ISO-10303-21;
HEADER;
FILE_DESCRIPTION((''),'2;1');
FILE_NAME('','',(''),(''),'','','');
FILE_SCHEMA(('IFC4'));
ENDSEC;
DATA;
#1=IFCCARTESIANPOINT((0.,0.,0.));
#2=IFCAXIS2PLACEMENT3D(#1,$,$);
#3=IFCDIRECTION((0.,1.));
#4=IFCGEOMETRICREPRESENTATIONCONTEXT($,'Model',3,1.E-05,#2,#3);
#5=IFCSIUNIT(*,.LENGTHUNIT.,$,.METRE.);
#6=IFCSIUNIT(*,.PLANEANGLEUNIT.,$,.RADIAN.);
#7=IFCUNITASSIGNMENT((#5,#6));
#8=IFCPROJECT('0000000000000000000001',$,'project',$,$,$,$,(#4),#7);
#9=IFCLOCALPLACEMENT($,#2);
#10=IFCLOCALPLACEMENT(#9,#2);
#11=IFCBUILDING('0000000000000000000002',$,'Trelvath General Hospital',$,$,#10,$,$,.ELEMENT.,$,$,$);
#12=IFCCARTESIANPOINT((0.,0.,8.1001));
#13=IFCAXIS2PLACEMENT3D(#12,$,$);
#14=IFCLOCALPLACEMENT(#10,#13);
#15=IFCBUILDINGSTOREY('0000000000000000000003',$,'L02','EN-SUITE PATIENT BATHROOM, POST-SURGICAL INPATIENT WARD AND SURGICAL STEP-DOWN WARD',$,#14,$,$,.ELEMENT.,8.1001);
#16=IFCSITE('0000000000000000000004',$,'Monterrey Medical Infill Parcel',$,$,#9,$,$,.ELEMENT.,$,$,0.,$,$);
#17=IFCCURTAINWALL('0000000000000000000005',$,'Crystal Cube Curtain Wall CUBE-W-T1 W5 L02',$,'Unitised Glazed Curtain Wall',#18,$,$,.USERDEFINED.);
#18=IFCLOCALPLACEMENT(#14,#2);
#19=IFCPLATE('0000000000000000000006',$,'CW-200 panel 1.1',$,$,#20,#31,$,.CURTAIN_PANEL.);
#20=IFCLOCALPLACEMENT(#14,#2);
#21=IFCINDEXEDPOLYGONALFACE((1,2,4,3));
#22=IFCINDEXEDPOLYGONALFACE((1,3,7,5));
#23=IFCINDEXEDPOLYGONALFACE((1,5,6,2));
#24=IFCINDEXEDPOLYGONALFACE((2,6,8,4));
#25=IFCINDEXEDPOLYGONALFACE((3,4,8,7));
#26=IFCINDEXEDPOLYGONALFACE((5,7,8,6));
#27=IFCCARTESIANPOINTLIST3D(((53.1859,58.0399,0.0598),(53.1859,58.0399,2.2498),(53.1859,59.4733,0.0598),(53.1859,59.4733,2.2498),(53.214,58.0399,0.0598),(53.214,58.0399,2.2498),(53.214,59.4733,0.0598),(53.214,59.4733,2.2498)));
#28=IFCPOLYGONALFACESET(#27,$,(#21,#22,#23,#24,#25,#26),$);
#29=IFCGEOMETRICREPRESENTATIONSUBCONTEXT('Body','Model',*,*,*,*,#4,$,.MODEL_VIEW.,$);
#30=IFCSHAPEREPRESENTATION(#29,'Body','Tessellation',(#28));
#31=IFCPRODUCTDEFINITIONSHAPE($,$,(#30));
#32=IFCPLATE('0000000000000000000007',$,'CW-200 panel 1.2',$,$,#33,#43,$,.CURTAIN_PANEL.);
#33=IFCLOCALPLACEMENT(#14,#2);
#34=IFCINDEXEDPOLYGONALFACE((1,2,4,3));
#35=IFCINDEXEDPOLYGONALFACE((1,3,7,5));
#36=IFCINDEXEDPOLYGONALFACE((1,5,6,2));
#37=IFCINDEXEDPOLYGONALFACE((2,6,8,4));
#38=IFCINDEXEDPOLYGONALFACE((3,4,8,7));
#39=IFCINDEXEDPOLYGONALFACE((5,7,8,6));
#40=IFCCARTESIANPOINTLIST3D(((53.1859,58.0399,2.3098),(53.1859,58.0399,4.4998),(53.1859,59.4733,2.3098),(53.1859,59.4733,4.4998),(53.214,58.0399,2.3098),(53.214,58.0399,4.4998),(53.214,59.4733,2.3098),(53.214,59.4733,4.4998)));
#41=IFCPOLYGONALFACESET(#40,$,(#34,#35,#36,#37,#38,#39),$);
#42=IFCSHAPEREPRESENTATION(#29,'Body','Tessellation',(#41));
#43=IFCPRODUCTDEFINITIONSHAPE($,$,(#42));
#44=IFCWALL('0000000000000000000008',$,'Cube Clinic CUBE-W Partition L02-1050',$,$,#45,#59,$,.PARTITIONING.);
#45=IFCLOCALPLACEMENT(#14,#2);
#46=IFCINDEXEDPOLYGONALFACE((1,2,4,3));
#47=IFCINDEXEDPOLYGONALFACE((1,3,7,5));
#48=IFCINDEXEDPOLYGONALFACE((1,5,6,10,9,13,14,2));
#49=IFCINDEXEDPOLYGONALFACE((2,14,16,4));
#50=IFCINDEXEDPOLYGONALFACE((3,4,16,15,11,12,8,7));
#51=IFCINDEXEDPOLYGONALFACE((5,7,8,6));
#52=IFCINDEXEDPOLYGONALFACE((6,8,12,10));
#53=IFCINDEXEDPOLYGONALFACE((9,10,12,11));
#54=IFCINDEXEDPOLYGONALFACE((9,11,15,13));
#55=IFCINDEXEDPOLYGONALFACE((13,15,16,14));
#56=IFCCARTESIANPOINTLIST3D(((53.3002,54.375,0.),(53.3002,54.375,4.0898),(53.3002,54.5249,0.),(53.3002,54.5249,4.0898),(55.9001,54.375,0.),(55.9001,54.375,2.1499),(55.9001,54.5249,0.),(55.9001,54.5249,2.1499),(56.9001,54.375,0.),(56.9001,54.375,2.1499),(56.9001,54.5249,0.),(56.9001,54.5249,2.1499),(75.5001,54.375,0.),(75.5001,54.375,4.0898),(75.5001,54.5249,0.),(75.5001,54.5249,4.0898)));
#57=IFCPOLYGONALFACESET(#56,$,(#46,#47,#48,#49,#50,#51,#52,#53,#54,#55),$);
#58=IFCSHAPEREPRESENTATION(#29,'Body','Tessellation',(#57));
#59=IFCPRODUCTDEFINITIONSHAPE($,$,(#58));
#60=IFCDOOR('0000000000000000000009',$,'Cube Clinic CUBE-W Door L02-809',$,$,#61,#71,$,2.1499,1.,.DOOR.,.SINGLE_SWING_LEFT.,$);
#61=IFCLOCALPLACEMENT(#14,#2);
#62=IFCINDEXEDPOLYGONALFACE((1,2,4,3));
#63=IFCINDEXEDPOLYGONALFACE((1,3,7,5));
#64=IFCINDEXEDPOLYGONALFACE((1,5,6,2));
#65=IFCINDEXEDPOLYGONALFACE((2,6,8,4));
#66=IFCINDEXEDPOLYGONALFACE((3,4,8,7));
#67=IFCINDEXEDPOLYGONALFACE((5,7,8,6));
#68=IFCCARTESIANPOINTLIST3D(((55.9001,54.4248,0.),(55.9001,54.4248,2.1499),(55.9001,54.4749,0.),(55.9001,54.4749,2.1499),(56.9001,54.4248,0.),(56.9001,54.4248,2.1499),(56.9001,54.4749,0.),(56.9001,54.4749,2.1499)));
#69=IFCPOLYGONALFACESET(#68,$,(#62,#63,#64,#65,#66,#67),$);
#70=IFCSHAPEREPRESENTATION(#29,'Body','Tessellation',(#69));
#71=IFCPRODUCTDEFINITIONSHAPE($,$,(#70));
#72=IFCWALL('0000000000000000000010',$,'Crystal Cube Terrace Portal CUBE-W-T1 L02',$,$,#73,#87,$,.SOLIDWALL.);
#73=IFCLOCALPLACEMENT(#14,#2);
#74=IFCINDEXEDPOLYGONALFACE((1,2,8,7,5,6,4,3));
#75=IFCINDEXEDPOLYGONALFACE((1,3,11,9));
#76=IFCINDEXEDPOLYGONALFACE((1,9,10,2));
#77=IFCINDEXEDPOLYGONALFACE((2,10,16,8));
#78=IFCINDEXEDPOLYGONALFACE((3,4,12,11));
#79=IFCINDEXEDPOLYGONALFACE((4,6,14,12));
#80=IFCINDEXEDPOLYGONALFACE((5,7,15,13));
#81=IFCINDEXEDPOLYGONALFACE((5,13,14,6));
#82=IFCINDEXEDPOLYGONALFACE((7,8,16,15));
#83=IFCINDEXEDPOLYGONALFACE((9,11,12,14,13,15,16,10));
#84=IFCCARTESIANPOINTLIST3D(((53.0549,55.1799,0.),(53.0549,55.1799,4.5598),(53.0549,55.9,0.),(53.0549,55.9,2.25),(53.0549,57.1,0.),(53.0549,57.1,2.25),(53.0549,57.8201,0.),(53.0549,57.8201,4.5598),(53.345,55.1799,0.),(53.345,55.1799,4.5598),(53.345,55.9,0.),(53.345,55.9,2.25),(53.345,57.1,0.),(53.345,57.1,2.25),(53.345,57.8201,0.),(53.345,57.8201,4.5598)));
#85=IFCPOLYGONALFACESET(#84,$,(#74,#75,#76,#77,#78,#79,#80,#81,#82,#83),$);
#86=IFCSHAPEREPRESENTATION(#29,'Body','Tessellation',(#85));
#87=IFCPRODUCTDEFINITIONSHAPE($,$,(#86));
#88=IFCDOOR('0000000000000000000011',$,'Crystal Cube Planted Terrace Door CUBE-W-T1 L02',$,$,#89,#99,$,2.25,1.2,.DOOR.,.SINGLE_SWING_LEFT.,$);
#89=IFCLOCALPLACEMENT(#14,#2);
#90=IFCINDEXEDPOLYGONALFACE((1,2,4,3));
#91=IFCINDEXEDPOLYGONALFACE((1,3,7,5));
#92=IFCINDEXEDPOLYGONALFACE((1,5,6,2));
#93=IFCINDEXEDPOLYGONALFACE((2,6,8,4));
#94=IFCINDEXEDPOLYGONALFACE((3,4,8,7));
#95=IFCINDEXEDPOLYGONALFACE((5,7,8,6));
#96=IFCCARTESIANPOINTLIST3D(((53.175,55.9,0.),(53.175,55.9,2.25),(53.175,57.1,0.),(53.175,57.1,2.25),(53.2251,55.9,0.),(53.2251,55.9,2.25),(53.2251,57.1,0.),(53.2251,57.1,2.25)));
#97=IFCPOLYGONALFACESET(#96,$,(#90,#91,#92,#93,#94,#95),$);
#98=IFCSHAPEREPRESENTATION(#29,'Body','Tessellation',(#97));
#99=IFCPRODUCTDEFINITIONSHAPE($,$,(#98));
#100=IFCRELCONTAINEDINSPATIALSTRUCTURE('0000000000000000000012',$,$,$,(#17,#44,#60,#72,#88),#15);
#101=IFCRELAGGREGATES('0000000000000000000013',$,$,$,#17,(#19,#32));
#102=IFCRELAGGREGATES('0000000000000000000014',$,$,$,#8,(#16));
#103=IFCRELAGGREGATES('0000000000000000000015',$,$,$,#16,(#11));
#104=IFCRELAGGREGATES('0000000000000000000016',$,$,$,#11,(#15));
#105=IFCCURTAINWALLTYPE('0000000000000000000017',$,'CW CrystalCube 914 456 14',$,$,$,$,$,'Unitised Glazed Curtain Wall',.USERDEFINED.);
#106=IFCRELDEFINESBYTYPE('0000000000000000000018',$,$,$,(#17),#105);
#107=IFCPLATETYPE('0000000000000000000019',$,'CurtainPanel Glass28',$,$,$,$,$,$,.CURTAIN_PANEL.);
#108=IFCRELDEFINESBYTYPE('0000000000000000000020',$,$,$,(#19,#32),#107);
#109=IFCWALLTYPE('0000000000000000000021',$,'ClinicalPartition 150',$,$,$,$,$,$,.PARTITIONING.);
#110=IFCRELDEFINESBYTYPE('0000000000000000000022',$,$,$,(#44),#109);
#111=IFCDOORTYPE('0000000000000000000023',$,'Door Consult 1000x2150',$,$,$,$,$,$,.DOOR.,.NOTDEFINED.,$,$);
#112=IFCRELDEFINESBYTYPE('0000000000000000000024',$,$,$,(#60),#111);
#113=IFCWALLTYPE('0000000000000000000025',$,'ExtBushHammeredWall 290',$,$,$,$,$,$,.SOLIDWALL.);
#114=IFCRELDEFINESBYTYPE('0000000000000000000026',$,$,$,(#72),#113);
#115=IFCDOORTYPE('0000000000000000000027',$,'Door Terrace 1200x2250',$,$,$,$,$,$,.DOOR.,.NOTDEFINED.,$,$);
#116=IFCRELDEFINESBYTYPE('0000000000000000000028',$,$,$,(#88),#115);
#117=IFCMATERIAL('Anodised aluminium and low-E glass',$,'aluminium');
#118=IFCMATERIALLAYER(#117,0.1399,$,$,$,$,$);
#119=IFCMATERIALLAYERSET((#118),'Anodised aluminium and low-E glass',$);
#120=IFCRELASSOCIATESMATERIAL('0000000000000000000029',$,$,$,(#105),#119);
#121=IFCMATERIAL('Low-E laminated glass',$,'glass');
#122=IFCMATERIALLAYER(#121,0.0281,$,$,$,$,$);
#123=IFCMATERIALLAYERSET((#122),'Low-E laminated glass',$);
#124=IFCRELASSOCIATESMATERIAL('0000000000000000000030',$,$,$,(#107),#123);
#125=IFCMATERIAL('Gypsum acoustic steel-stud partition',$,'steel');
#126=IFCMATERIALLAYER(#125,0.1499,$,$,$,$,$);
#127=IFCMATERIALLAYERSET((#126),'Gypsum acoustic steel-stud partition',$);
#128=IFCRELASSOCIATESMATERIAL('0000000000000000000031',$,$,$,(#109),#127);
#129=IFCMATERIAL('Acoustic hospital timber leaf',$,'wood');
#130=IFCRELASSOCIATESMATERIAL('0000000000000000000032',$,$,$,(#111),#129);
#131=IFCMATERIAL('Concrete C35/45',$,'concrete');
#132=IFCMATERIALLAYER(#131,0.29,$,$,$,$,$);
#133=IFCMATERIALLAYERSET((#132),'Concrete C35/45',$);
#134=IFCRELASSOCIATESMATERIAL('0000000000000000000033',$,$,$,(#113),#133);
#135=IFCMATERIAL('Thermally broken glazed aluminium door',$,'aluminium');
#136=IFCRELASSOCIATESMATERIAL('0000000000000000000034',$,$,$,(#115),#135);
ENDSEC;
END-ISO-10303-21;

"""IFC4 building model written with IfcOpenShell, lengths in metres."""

from ifc_helpers import new_model, si_unit, direction, frame, frame_2d, origin, origin_2d, place, context, subcontext, project, spatial, rectangle, extrude, material, layer, layer_set, type_object, element, fill, aggregate, save


model = new_model("IFC4")

# Units and contexts
model_context = context("Model", 3, precision=1e-05, world=origin(), true_north=direction((0.0, 1.0)))
body_context = subcontext(model_context, "Body", "Model", "MODEL_VIEW")
ifc_project = project(units=[si_unit("LENGTHUNIT", "METRE"), si_unit("PLANEANGLEUNIT", "RADIAN")], contexts=[model_context])

# Site, building, storey
site_placement = place(None, origin())
site = spatial("IfcSite", under=ifc_project, at=site_placement, Name="Monterrey Medical Infill Parcel", CompositionType="ELEMENT", RefElevation=0.0)
building_placement = place(site_placement, origin())
building = spatial("IfcBuilding", under=site, at=building_placement, Name="Trelvath General Hospital", CompositionType="ELEMENT")
storey_placement = place(building_placement, frame((0.0, 0.0, 8.1001)))
storey = spatial("IfcBuildingStorey", under=building, at=storey_placement, Name="L02", Description="EN-SUITE PATIENT BATHROOM, POST-SURGICAL INPATIENT WARD AND SURGICAL STEP-DOWN WARD", CompositionType="ELEMENT", Elevation=8.1001)

# Curtain wall
ifc_material_1 = material(Name="Anodised aluminium and low-E glass", Category="aluminium")
ifc_layer_1 = layer(ifc_material_1, 0.1399)
ifc_layer_set_1 = layer_set([ifc_layer_1], Name="Anodised aluminium and low-E glass")
curtain_wall_type_1 = type_object("IfcCurtainWallType", Name="CW CrystalCube 914 456 14", ElementType="Unitised Glazed Curtain Wall", PredefinedType="USERDEFINED", material=ifc_layer_set_1)
curtain_wall_1_placement = place(storey_placement, origin())
curtain_wall_1 = element("IfcCurtainWall", 1, at=curtain_wall_1_placement, inside=storey, type_object=curtain_wall_type_1, Name="Crystal Cube Curtain Wall CUBE-W-T1 W5 L02", ObjectType="Unitised Glazed Curtain Wall", PredefinedType="USERDEFINED")

# Plates
ifc_material_2 = material(Name="Low-E laminated glass", Category="glass")
ifc_layer_2 = layer(ifc_material_2, 0.0281)
ifc_layer_set_2 = layer_set([ifc_layer_2], Name="Low-E laminated glass")
plate_type = type_object("IfcPlateType", Name="CurtainPanel Glass28", PredefinedType="CURTAIN_PANEL", material=ifc_layer_set_2)
plate_1_placement = place(storey_placement, frame((53.2, 58.7566, 0.0598), z_axis=(0.0, 0.0, 1.0), x_axis=(0.0, 1.0, 0.0)))
plate_1 = element("IfcPlate", 2, at=plate_1_placement, type_object=plate_type, Name="CW-200 panel 1.1", PredefinedType="CURTAIN_PANEL", context=body_context, shape_type="SweptSolid", body=[
    extrude(rectangle(XDim=1.4333, YDim=0.0281, at=origin_2d()), origin(), (0.0, 0.0, 1.0), 2.1899),
])
plate_2_placement = place(storey_placement, frame((53.2, 58.7566, 2.3098), z_axis=(0.0, 0.0, 1.0), x_axis=(0.0, 1.0, 0.0)))
plate_2 = element("IfcPlate", 3, at=plate_2_placement, type_object=plate_type, Name="CW-200 panel 1.2", PredefinedType="CURTAIN_PANEL", context=body_context, shape_type="SweptSolid", body=[
    extrude(rectangle(XDim=1.4333, YDim=0.0281, at=origin_2d()), origin(), (0.0, 0.0, 1.0), 2.1899),
])
aggregate(curtain_wall_1, [plate_1, plate_2])

# Walls, openings, doors
ifc_material_3 = material(Name="Gypsum acoustic steel-stud partition", Category="steel")
ifc_layer_3 = layer(ifc_material_3, 0.1499)
ifc_layer_set_3 = layer_set([ifc_layer_3], Name="Gypsum acoustic steel-stud partition")
wall_type_1 = type_object("IfcWallType", Name="ClinicalPartition 150", PredefinedType="PARTITIONING", material=ifc_layer_set_3)
wall_1_placement = place(storey_placement, frame((53.3, 54.45, 0.0), z_axis=(0.0, 0.0, 1.0), x_axis=(1.0, 0.0, 0.0)))
wall_1 = element("IfcWall", 4, at=wall_1_placement, inside=storey, type_object=wall_type_1, Name="Cube Clinic CUBE-W Partition L02-1050", PredefinedType="PARTITIONING", context=body_context, shape_type="SweptSolid", body=[
    extrude(rectangle(XDim=22.2, YDim=0.1499, at=frame_2d((11.1001, 0.0))), origin(), (0.0, 0.0, 1.0), 4.0898),
])
opening_1_placement = place(wall_1_placement, frame((2.6001, 0.0, 0.0)))
opening_1 = element("IfcOpeningElement", 5, at=opening_1_placement, cuts=wall_1, PredefinedType="OPENING", context=body_context, shape_type="SweptSolid", body=[
    extrude(rectangle(XDim=1.0, YDim=2.1499, at=frame_2d((0.5, 1.075))), frame((0.0, 0.085, 0.0), z_axis=(0.0, -1.0, 0.0), x_axis=(1.0, 0.0, 0.0)), (0.0, 0.0, 1.0), 0.1699),
])
ifc_material_4 = material(Name="Acoustic hospital timber leaf", Category="wood")
door_type_1 = type_object("IfcDoorType", Name="Door Consult 1000x2150", OperationType="NOTDEFINED", PredefinedType="DOOR", material=ifc_material_4)
door_1_placement = place(opening_1_placement, origin())
door_1 = element("IfcDoor", 6, at=door_1_placement, inside=storey, type_object=door_type_1, Name="Cube Clinic CUBE-W Door L02-809", OperationType="SINGLE_SWING_LEFT", OverallHeight=2.1499, OverallWidth=1.0, PredefinedType="DOOR", context=body_context, shape_type="SweptSolid", body=[
    extrude(rectangle(XDim=1.0, YDim=2.1499, at=frame_2d((0.5, 1.075))), frame((0.0, 0.0249, 0.0), z_axis=(0.0, -1.0, 0.0), x_axis=(1.0, 0.0, 0.0)), (0.0, 0.0, 1.0), 0.05),
])
fill(opening_1, door_1)
ifc_material_5 = material(Name="Concrete C35/45", Category="concrete")
ifc_layer_4 = layer(ifc_material_5, 0.29)
ifc_layer_set_4 = layer_set([ifc_layer_4], Name="Concrete C35/45")
wall_type_2 = type_object("IfcWallType", Name="ExtBushHammeredWall 290", PredefinedType="SOLIDWALL", material=ifc_layer_set_4)
wall_2_placement = place(storey_placement, frame((53.2, 55.1799, 0.0), z_axis=(0.0, 0.0, 1.0), x_axis=(0.0, 1.0, 0.0)))
wall_2 = element("IfcWall", 7, at=wall_2_placement, inside=storey, type_object=wall_type_2, Name="Crystal Cube Terrace Portal CUBE-W-T1 L02", PredefinedType="SOLIDWALL", context=body_context, shape_type="SweptSolid", body=[
    extrude(rectangle(XDim=2.6401, YDim=0.29, at=frame_2d((1.3201, 0.0))), origin(), (0.0, 0.0, 1.0), 4.5598),
])
opening_2_placement = place(wall_2_placement, frame((0.72, 0.0, 0.0)))
opening_2 = element("IfcOpeningElement", 8, at=opening_2_placement, cuts=wall_2, PredefinedType="OPENING", context=body_context, shape_type="SweptSolid", body=[
    extrude(rectangle(XDim=1.2, YDim=2.25, at=frame_2d((0.6001, 1.125))), frame((0.0, 0.155, 0.0), z_axis=(0.0, -1.0, 0.0), x_axis=(1.0, 0.0, 0.0)), (0.0, 0.0, 1.0), 0.3101),
])
ifc_material_6 = material(Name="Thermally broken glazed aluminium door", Category="aluminium")
door_type_2 = type_object("IfcDoorType", Name="Door Terrace 1200x2250", OperationType="NOTDEFINED", PredefinedType="DOOR", material=ifc_material_6)
door_2_placement = place(opening_2_placement, origin())
door_2 = element("IfcDoor", 9, at=door_2_placement, inside=storey, type_object=door_type_2, Name="Crystal Cube Planted Terrace Door CUBE-W-T1 L02", OperationType="SINGLE_SWING_LEFT", OverallHeight=2.25, OverallWidth=1.2, PredefinedType="DOOR", context=body_context, shape_type="SweptSolid", body=[
    extrude(rectangle(XDim=1.2, YDim=2.25, at=frame_2d((0.6001, 1.125))), frame((0.0, 0.0249, 0.0), z_axis=(0.0, -1.0, 0.0), x_axis=(1.0, 0.0, 0.0)), (0.0, 0.0, 1.0), 0.05),
])
fill(opening_2, door_2)

save(model, "model.ifc")
